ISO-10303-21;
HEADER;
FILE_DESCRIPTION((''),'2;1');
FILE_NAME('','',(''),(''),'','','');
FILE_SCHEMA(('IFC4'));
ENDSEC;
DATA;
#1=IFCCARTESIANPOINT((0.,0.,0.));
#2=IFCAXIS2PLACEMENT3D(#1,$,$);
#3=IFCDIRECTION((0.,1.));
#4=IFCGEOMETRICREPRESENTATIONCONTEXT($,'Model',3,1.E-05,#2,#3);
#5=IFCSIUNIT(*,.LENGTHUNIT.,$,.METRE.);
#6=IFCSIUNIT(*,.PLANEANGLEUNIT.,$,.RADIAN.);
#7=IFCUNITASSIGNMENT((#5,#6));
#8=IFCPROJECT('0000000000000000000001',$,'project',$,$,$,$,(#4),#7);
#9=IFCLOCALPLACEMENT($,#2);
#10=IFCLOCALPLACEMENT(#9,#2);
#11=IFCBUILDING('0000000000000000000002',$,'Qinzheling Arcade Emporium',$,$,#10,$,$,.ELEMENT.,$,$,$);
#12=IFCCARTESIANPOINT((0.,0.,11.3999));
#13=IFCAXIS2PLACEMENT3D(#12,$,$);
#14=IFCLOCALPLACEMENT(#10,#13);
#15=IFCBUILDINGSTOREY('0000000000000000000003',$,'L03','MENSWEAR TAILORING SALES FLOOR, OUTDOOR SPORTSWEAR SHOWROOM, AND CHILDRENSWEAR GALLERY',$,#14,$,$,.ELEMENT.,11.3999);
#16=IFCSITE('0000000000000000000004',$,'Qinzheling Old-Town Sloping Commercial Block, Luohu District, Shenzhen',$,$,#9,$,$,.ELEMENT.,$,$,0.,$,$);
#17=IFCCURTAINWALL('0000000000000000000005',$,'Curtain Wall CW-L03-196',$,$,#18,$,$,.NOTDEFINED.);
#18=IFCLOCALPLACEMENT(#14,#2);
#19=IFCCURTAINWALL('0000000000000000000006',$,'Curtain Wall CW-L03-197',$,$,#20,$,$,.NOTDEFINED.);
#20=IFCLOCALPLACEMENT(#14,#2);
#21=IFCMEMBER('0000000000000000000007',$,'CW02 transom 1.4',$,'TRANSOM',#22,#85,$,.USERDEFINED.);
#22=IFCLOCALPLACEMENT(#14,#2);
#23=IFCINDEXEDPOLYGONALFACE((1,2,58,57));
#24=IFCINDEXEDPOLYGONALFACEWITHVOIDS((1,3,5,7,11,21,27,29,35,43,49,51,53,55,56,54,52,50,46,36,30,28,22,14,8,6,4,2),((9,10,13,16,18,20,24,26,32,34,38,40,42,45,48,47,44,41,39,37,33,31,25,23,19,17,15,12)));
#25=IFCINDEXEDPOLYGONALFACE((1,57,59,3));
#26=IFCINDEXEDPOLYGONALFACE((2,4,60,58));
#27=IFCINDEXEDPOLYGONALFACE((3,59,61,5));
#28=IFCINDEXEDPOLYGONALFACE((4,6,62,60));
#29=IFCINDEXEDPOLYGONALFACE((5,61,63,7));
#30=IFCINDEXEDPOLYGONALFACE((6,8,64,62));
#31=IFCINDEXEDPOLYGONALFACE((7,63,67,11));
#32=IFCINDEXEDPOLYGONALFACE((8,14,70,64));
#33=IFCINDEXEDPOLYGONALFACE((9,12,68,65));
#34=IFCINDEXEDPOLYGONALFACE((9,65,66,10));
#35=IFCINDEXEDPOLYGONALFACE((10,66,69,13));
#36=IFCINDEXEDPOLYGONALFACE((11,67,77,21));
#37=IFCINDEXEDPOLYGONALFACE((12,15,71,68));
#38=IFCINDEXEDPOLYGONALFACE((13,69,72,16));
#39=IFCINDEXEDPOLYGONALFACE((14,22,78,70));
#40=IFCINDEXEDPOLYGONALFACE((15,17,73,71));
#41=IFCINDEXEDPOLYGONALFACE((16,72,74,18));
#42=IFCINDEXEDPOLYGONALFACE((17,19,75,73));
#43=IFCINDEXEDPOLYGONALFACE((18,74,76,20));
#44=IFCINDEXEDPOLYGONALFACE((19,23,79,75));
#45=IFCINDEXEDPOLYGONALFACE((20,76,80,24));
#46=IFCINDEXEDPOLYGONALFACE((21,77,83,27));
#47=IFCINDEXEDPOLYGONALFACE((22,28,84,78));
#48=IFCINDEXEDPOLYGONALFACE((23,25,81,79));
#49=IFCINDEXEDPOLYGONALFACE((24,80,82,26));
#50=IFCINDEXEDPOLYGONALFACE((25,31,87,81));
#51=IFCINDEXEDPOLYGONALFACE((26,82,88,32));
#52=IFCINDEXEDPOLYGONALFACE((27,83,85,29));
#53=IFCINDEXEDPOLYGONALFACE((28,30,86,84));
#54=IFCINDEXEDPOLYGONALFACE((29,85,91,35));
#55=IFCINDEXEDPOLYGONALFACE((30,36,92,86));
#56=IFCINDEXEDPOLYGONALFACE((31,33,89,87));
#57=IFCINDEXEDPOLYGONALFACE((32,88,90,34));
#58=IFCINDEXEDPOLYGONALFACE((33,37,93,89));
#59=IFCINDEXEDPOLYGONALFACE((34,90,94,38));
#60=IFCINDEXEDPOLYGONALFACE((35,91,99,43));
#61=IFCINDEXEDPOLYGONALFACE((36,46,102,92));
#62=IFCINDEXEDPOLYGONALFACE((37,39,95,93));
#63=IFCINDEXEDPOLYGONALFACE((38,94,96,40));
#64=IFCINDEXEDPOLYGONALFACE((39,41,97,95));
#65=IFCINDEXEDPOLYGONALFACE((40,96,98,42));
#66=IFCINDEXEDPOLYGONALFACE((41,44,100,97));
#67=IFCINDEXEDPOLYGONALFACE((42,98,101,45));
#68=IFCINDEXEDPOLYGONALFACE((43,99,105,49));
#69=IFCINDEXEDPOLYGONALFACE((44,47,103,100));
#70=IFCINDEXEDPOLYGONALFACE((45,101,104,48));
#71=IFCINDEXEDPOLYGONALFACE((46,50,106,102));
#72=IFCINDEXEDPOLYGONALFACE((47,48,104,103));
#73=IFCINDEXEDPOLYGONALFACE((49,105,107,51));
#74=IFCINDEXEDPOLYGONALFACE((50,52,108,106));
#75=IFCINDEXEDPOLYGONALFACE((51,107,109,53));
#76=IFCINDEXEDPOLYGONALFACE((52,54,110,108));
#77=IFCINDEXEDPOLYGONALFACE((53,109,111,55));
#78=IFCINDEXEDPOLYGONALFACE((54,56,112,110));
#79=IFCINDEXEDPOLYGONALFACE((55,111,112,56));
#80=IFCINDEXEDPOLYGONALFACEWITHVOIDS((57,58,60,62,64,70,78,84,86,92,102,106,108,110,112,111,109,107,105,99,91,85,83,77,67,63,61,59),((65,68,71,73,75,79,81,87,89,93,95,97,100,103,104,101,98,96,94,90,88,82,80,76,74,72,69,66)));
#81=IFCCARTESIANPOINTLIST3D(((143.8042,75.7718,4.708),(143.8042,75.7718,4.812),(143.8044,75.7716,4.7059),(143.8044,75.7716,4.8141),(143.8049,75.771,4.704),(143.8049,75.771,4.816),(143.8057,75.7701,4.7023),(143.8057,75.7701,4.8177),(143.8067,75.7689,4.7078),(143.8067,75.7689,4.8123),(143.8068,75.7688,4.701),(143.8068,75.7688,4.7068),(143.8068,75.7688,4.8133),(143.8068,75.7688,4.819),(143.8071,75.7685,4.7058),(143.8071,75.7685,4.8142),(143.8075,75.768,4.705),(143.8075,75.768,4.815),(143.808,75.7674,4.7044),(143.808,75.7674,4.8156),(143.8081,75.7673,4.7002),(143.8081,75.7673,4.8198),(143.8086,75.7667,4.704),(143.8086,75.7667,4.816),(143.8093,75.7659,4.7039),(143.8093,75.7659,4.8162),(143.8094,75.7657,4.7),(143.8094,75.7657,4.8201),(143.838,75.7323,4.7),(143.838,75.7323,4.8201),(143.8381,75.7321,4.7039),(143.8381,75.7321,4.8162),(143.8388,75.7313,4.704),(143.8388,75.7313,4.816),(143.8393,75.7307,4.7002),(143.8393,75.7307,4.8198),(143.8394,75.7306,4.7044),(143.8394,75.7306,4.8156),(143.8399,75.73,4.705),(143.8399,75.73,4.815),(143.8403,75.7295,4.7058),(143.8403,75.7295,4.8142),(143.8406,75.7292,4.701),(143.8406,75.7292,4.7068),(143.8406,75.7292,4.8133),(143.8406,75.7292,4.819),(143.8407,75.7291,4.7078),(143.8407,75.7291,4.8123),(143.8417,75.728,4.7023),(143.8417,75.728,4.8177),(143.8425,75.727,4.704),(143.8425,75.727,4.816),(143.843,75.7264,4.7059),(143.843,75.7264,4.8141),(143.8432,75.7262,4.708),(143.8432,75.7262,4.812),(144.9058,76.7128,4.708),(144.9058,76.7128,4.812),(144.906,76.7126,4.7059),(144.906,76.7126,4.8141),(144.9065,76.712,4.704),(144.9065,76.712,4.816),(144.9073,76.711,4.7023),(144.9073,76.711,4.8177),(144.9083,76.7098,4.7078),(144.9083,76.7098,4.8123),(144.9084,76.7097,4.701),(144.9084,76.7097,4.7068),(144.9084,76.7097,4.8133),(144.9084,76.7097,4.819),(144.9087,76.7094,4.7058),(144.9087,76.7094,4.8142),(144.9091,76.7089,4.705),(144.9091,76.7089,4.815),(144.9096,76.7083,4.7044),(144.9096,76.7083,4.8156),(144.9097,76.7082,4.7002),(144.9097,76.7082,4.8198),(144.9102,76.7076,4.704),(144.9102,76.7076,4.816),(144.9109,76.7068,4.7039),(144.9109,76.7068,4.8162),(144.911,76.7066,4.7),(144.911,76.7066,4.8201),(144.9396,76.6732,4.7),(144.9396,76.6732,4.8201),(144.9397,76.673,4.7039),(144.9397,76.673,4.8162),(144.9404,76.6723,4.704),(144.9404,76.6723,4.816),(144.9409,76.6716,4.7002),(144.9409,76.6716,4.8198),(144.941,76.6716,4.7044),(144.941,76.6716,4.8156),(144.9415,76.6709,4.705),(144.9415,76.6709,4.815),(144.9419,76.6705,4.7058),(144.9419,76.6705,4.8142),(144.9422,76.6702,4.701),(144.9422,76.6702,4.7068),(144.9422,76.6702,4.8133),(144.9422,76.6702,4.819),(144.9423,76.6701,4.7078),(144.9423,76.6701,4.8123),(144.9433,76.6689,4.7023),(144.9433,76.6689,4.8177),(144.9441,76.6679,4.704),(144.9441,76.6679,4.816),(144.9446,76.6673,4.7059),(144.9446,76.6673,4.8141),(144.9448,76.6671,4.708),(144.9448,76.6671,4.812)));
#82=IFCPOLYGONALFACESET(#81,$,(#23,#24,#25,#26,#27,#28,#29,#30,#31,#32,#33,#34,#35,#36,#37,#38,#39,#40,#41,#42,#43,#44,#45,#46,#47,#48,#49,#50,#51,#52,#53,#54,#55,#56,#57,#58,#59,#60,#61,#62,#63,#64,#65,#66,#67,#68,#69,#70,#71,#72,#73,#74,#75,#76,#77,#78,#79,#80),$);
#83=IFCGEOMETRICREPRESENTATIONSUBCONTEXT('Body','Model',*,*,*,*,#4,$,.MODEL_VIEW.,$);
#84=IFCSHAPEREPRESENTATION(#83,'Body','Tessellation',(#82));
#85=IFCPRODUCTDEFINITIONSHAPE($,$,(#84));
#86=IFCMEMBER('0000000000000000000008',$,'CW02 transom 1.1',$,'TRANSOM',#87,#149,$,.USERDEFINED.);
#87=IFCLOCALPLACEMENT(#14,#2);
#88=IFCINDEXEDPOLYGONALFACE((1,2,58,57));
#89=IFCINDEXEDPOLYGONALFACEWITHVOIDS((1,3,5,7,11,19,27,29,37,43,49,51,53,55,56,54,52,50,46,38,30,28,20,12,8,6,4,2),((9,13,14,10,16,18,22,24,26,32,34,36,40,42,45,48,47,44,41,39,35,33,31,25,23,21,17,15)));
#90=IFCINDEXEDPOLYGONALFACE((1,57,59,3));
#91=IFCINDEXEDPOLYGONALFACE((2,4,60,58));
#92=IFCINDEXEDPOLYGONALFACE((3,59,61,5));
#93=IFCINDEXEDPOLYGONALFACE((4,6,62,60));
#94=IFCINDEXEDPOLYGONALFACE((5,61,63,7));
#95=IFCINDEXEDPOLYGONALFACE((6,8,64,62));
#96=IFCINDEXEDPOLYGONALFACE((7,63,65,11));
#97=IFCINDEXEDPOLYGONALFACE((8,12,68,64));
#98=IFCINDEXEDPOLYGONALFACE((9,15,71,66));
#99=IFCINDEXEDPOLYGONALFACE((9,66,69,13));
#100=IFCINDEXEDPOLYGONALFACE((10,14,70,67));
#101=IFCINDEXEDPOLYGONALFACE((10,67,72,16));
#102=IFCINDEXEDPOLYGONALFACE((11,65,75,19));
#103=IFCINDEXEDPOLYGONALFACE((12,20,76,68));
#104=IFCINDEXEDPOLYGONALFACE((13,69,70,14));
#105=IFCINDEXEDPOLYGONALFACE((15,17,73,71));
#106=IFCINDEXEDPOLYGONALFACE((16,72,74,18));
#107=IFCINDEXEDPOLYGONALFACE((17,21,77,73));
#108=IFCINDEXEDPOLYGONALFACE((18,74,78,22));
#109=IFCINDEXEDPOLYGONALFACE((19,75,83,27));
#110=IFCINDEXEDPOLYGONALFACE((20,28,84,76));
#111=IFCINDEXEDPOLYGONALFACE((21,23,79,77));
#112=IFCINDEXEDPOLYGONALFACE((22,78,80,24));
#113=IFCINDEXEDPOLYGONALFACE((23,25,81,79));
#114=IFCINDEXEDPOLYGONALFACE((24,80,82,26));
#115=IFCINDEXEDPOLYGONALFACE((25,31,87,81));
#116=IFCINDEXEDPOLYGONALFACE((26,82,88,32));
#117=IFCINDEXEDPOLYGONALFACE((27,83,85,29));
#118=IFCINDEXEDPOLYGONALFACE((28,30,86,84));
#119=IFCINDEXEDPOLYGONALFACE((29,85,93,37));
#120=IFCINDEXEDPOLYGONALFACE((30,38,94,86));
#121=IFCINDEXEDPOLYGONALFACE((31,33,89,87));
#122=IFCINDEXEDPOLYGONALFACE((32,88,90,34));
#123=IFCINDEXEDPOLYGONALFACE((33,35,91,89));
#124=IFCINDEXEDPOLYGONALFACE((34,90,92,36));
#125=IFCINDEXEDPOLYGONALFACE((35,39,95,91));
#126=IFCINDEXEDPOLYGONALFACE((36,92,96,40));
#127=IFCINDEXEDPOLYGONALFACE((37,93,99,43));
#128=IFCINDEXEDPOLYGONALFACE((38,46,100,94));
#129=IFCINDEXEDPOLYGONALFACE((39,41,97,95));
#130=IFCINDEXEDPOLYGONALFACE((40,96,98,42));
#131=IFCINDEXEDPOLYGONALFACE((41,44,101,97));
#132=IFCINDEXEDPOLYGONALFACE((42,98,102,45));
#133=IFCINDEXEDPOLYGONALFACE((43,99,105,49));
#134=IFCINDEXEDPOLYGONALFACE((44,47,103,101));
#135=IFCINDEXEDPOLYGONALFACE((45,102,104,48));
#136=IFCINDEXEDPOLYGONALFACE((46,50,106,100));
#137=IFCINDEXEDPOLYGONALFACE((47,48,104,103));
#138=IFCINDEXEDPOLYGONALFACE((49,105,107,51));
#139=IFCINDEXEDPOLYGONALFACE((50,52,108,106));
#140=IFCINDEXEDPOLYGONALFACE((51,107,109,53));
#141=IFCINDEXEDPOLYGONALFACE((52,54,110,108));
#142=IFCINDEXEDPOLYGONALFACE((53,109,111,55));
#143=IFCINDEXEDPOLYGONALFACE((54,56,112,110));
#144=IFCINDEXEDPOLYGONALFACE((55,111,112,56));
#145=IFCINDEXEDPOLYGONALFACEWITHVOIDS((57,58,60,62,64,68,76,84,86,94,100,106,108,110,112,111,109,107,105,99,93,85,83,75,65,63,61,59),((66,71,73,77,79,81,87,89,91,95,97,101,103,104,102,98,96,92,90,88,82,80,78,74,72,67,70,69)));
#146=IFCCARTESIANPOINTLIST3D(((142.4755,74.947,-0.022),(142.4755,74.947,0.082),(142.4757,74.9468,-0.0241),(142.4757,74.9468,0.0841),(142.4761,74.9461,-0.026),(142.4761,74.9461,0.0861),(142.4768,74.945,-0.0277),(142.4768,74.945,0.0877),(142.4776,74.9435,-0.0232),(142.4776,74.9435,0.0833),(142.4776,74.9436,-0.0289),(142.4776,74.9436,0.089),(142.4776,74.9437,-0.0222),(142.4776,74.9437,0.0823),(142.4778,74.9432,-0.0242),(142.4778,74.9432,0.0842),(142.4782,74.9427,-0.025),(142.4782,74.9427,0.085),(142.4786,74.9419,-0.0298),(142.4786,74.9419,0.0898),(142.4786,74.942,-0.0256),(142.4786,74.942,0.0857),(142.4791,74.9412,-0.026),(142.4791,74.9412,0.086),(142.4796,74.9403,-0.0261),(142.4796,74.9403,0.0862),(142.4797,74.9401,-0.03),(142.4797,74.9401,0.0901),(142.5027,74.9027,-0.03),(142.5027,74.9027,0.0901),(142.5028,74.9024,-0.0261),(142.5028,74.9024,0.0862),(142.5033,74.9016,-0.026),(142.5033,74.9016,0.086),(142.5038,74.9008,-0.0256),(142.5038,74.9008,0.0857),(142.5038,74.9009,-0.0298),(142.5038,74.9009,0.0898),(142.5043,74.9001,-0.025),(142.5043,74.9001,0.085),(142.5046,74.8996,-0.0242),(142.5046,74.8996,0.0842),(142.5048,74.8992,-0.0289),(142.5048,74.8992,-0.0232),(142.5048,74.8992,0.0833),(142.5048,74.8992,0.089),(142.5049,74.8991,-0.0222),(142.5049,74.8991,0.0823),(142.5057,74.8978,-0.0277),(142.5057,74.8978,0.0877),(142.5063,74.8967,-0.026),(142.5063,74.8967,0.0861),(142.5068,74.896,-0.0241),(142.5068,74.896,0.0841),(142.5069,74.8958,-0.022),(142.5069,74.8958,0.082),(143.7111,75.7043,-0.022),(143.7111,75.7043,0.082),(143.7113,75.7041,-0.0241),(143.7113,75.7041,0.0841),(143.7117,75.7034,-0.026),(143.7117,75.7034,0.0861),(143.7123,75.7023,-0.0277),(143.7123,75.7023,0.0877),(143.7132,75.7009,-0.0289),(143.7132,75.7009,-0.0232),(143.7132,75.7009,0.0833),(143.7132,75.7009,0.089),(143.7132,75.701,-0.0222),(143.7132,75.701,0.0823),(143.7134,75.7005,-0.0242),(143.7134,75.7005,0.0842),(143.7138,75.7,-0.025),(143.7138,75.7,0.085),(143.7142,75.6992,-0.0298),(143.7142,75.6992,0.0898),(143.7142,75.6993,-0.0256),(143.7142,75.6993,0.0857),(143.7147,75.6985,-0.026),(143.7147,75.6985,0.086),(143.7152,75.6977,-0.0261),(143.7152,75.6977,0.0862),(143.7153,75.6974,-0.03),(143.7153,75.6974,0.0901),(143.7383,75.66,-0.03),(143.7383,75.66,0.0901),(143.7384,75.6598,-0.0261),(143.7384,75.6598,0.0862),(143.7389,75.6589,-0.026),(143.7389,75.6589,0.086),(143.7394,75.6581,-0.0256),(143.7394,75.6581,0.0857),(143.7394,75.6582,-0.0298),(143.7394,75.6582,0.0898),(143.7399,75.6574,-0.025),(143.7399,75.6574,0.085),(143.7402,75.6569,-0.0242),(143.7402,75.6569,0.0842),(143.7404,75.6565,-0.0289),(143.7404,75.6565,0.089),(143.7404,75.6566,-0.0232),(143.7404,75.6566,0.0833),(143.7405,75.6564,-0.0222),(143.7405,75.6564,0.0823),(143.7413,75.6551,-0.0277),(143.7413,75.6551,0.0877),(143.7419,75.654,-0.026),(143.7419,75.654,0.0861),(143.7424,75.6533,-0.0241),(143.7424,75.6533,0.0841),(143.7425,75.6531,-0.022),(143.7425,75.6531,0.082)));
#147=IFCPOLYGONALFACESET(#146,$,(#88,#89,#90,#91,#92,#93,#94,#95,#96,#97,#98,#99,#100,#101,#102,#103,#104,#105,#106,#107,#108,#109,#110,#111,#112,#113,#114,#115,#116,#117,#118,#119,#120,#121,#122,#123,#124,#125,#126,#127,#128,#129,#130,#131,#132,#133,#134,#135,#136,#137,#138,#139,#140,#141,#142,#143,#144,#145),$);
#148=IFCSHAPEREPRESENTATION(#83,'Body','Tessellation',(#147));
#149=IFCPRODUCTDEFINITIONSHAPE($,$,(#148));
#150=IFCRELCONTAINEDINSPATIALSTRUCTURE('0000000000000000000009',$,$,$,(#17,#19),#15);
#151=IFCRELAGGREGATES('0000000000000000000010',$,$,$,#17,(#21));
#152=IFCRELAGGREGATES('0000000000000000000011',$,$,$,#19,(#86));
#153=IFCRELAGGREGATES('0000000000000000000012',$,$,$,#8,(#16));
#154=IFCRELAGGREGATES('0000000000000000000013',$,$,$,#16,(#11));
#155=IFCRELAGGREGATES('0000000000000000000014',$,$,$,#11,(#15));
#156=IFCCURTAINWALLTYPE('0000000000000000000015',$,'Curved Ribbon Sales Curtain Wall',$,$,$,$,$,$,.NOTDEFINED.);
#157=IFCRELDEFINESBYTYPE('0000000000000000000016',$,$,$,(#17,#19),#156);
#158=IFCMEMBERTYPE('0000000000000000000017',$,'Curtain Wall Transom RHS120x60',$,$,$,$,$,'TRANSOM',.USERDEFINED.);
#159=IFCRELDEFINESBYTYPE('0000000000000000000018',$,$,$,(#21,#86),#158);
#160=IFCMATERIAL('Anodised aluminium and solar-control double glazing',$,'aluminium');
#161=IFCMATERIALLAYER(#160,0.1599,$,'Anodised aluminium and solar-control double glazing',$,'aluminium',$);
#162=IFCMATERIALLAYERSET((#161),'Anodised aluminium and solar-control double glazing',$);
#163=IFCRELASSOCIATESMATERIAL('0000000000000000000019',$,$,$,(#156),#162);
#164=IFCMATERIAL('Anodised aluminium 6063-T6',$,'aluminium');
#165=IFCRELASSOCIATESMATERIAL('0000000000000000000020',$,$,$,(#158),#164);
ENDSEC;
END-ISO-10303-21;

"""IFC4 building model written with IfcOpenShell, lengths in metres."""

from ifc_helpers import new_model, si_unit, direction, frame, origin, origin_2d, place, context, subcontext, project, spatial, hollow_rectangle, extrude, material, layer, layer_set, material_profile, profile_set, type_object, element, aggregate, save


model = new_model("IFC4")

# Units and contexts
model_context = context("Model", 3, precision=1e-05, world=origin(), true_north=direction((0.0, 1.0)))
body_context = subcontext(model_context, "Body", "Model", "MODEL_VIEW")
ifc_project = project(units=[si_unit("LENGTHUNIT", "METRE"), si_unit("PLANEANGLEUNIT", "RADIAN")], contexts=[model_context])

# Site, building, storey
site_placement = place(None, origin())
site = spatial("IfcSite", under=ifc_project, at=site_placement, Name="Qinzheling Old-Town Sloping Commercial Block, Luohu District, Shenzhen", CompositionType="ELEMENT", RefElevation=0.0)
building_placement = place(site_placement, origin())
building = spatial("IfcBuilding", under=site, at=building_placement, Name="Qinzheling Arcade Emporium", CompositionType="ELEMENT")
storey_placement = place(building_placement, frame((0.0, 0.0, 11.3999)))
storey = spatial("IfcBuildingStorey", under=building, at=storey_placement, Name="L03", Description="MENSWEAR TAILORING SALES FLOOR, OUTDOOR SPORTSWEAR SHOWROOM, AND CHILDRENSWEAR GALLERY", CompositionType="ELEMENT", Elevation=11.3999)

# Shared definitions
ifc_material_1 = material(Name="Anodised aluminium and solar-control double glazing", Category="aluminium")
ifc_layer_1 = layer(ifc_material_1, 0.1599, Name="Anodised aluminium and solar-control double glazing", Category="aluminium")
ifc_layer_set_1 = layer_set([ifc_layer_1], Name="Anodised aluminium and solar-control double glazing")
curtain_wall_type = type_object("IfcCurtainWallType", Name="Curved Ribbon Sales Curtain Wall", PredefinedType="NOTDEFINED", material=ifc_layer_set_1)
ifc_material_2 = material(Name="Anodised aluminium 6063-T6", Category="aluminium")

# Curtain walls
curtain_wall_1_placement = place(storey_placement, origin())
curtain_wall_1 = element("IfcCurtainWall", 1, at=curtain_wall_1_placement, inside=storey, type_object=curtain_wall_type, Name="Curtain Wall CW-L03-196", PredefinedType="NOTDEFINED")
curtain_wall_2_placement = place(storey_placement, origin())
curtain_wall_2 = element("IfcCurtainWall", 2, at=curtain_wall_2_placement, inside=storey, type_object=curtain_wall_type, Name="Curtain Wall CW-L03-197", PredefinedType="NOTDEFINED")

# Members
ifc_material_profile_1 = material_profile(ifc_material_2, hollow_rectangle(XDim=0.0601, YDim=0.1201, WallThickness=0.0039, InnerFilletRadius=0.0039, OuterFilletRadius=0.0081, at=origin_2d()), Name="RHS 120x60x4", Category="aluminium")
ifc_profile_set_1 = profile_set([ifc_material_profile_1], Name="Anodised aluminium 6063-T6")
member_type_1 = type_object("IfcMemberType", Name="Curtain Wall Transom RHS120x60", ElementType="TRANSOM", PredefinedType="USERDEFINED", material=ifc_profile_set_1)
member_1_placement = place(storey_placement, frame((144.9253, 76.6899, 4.76), z_axis=(-0.760374, -0.649486, 0.0), x_axis=(0.649486, -0.760374, 0.0)))
member_1 = element("IfcMember", 3, at=member_1_placement, type_object=member_type_1, Name="CW02 transom 1.4", ObjectType="TRANSOM", PredefinedType="USERDEFINED", context=body_context, shape_type="SweptSolid", body=[
    extrude(hollow_rectangle(XDim=0.0601, YDim=0.1201, WallThickness=0.0039, InnerFilletRadius=0.0039, OuterFilletRadius=0.0081, at=origin_2d()), origin(), (0.0, 0.0, 1.0), 1.4487),
])
member_2_placement = place(storey_placement, frame((143.7268, 75.6787, 0.03), z_axis=(-0.852594, -0.522574, 0.0), x_axis=(0.522574, -0.852594, 0.0)))
member_2 = element("IfcMember", 4, at=member_2_placement, type_object=member_type_1, Name="CW02 transom 1.1", ObjectType="TRANSOM", PredefinedType="USERDEFINED", context=body_context, shape_type="SweptSolid", body=[
    extrude(hollow_rectangle(XDim=0.0601, YDim=0.1201, WallThickness=0.0039, InnerFilletRadius=0.0039, OuterFilletRadius=0.0081, at=origin_2d()), origin(), (0.0, 0.0, 1.0), 1.4492),
])

aggregate(curtain_wall_1, [member_1])
aggregate(curtain_wall_2, [member_2])

save(model, "model.ifc")
